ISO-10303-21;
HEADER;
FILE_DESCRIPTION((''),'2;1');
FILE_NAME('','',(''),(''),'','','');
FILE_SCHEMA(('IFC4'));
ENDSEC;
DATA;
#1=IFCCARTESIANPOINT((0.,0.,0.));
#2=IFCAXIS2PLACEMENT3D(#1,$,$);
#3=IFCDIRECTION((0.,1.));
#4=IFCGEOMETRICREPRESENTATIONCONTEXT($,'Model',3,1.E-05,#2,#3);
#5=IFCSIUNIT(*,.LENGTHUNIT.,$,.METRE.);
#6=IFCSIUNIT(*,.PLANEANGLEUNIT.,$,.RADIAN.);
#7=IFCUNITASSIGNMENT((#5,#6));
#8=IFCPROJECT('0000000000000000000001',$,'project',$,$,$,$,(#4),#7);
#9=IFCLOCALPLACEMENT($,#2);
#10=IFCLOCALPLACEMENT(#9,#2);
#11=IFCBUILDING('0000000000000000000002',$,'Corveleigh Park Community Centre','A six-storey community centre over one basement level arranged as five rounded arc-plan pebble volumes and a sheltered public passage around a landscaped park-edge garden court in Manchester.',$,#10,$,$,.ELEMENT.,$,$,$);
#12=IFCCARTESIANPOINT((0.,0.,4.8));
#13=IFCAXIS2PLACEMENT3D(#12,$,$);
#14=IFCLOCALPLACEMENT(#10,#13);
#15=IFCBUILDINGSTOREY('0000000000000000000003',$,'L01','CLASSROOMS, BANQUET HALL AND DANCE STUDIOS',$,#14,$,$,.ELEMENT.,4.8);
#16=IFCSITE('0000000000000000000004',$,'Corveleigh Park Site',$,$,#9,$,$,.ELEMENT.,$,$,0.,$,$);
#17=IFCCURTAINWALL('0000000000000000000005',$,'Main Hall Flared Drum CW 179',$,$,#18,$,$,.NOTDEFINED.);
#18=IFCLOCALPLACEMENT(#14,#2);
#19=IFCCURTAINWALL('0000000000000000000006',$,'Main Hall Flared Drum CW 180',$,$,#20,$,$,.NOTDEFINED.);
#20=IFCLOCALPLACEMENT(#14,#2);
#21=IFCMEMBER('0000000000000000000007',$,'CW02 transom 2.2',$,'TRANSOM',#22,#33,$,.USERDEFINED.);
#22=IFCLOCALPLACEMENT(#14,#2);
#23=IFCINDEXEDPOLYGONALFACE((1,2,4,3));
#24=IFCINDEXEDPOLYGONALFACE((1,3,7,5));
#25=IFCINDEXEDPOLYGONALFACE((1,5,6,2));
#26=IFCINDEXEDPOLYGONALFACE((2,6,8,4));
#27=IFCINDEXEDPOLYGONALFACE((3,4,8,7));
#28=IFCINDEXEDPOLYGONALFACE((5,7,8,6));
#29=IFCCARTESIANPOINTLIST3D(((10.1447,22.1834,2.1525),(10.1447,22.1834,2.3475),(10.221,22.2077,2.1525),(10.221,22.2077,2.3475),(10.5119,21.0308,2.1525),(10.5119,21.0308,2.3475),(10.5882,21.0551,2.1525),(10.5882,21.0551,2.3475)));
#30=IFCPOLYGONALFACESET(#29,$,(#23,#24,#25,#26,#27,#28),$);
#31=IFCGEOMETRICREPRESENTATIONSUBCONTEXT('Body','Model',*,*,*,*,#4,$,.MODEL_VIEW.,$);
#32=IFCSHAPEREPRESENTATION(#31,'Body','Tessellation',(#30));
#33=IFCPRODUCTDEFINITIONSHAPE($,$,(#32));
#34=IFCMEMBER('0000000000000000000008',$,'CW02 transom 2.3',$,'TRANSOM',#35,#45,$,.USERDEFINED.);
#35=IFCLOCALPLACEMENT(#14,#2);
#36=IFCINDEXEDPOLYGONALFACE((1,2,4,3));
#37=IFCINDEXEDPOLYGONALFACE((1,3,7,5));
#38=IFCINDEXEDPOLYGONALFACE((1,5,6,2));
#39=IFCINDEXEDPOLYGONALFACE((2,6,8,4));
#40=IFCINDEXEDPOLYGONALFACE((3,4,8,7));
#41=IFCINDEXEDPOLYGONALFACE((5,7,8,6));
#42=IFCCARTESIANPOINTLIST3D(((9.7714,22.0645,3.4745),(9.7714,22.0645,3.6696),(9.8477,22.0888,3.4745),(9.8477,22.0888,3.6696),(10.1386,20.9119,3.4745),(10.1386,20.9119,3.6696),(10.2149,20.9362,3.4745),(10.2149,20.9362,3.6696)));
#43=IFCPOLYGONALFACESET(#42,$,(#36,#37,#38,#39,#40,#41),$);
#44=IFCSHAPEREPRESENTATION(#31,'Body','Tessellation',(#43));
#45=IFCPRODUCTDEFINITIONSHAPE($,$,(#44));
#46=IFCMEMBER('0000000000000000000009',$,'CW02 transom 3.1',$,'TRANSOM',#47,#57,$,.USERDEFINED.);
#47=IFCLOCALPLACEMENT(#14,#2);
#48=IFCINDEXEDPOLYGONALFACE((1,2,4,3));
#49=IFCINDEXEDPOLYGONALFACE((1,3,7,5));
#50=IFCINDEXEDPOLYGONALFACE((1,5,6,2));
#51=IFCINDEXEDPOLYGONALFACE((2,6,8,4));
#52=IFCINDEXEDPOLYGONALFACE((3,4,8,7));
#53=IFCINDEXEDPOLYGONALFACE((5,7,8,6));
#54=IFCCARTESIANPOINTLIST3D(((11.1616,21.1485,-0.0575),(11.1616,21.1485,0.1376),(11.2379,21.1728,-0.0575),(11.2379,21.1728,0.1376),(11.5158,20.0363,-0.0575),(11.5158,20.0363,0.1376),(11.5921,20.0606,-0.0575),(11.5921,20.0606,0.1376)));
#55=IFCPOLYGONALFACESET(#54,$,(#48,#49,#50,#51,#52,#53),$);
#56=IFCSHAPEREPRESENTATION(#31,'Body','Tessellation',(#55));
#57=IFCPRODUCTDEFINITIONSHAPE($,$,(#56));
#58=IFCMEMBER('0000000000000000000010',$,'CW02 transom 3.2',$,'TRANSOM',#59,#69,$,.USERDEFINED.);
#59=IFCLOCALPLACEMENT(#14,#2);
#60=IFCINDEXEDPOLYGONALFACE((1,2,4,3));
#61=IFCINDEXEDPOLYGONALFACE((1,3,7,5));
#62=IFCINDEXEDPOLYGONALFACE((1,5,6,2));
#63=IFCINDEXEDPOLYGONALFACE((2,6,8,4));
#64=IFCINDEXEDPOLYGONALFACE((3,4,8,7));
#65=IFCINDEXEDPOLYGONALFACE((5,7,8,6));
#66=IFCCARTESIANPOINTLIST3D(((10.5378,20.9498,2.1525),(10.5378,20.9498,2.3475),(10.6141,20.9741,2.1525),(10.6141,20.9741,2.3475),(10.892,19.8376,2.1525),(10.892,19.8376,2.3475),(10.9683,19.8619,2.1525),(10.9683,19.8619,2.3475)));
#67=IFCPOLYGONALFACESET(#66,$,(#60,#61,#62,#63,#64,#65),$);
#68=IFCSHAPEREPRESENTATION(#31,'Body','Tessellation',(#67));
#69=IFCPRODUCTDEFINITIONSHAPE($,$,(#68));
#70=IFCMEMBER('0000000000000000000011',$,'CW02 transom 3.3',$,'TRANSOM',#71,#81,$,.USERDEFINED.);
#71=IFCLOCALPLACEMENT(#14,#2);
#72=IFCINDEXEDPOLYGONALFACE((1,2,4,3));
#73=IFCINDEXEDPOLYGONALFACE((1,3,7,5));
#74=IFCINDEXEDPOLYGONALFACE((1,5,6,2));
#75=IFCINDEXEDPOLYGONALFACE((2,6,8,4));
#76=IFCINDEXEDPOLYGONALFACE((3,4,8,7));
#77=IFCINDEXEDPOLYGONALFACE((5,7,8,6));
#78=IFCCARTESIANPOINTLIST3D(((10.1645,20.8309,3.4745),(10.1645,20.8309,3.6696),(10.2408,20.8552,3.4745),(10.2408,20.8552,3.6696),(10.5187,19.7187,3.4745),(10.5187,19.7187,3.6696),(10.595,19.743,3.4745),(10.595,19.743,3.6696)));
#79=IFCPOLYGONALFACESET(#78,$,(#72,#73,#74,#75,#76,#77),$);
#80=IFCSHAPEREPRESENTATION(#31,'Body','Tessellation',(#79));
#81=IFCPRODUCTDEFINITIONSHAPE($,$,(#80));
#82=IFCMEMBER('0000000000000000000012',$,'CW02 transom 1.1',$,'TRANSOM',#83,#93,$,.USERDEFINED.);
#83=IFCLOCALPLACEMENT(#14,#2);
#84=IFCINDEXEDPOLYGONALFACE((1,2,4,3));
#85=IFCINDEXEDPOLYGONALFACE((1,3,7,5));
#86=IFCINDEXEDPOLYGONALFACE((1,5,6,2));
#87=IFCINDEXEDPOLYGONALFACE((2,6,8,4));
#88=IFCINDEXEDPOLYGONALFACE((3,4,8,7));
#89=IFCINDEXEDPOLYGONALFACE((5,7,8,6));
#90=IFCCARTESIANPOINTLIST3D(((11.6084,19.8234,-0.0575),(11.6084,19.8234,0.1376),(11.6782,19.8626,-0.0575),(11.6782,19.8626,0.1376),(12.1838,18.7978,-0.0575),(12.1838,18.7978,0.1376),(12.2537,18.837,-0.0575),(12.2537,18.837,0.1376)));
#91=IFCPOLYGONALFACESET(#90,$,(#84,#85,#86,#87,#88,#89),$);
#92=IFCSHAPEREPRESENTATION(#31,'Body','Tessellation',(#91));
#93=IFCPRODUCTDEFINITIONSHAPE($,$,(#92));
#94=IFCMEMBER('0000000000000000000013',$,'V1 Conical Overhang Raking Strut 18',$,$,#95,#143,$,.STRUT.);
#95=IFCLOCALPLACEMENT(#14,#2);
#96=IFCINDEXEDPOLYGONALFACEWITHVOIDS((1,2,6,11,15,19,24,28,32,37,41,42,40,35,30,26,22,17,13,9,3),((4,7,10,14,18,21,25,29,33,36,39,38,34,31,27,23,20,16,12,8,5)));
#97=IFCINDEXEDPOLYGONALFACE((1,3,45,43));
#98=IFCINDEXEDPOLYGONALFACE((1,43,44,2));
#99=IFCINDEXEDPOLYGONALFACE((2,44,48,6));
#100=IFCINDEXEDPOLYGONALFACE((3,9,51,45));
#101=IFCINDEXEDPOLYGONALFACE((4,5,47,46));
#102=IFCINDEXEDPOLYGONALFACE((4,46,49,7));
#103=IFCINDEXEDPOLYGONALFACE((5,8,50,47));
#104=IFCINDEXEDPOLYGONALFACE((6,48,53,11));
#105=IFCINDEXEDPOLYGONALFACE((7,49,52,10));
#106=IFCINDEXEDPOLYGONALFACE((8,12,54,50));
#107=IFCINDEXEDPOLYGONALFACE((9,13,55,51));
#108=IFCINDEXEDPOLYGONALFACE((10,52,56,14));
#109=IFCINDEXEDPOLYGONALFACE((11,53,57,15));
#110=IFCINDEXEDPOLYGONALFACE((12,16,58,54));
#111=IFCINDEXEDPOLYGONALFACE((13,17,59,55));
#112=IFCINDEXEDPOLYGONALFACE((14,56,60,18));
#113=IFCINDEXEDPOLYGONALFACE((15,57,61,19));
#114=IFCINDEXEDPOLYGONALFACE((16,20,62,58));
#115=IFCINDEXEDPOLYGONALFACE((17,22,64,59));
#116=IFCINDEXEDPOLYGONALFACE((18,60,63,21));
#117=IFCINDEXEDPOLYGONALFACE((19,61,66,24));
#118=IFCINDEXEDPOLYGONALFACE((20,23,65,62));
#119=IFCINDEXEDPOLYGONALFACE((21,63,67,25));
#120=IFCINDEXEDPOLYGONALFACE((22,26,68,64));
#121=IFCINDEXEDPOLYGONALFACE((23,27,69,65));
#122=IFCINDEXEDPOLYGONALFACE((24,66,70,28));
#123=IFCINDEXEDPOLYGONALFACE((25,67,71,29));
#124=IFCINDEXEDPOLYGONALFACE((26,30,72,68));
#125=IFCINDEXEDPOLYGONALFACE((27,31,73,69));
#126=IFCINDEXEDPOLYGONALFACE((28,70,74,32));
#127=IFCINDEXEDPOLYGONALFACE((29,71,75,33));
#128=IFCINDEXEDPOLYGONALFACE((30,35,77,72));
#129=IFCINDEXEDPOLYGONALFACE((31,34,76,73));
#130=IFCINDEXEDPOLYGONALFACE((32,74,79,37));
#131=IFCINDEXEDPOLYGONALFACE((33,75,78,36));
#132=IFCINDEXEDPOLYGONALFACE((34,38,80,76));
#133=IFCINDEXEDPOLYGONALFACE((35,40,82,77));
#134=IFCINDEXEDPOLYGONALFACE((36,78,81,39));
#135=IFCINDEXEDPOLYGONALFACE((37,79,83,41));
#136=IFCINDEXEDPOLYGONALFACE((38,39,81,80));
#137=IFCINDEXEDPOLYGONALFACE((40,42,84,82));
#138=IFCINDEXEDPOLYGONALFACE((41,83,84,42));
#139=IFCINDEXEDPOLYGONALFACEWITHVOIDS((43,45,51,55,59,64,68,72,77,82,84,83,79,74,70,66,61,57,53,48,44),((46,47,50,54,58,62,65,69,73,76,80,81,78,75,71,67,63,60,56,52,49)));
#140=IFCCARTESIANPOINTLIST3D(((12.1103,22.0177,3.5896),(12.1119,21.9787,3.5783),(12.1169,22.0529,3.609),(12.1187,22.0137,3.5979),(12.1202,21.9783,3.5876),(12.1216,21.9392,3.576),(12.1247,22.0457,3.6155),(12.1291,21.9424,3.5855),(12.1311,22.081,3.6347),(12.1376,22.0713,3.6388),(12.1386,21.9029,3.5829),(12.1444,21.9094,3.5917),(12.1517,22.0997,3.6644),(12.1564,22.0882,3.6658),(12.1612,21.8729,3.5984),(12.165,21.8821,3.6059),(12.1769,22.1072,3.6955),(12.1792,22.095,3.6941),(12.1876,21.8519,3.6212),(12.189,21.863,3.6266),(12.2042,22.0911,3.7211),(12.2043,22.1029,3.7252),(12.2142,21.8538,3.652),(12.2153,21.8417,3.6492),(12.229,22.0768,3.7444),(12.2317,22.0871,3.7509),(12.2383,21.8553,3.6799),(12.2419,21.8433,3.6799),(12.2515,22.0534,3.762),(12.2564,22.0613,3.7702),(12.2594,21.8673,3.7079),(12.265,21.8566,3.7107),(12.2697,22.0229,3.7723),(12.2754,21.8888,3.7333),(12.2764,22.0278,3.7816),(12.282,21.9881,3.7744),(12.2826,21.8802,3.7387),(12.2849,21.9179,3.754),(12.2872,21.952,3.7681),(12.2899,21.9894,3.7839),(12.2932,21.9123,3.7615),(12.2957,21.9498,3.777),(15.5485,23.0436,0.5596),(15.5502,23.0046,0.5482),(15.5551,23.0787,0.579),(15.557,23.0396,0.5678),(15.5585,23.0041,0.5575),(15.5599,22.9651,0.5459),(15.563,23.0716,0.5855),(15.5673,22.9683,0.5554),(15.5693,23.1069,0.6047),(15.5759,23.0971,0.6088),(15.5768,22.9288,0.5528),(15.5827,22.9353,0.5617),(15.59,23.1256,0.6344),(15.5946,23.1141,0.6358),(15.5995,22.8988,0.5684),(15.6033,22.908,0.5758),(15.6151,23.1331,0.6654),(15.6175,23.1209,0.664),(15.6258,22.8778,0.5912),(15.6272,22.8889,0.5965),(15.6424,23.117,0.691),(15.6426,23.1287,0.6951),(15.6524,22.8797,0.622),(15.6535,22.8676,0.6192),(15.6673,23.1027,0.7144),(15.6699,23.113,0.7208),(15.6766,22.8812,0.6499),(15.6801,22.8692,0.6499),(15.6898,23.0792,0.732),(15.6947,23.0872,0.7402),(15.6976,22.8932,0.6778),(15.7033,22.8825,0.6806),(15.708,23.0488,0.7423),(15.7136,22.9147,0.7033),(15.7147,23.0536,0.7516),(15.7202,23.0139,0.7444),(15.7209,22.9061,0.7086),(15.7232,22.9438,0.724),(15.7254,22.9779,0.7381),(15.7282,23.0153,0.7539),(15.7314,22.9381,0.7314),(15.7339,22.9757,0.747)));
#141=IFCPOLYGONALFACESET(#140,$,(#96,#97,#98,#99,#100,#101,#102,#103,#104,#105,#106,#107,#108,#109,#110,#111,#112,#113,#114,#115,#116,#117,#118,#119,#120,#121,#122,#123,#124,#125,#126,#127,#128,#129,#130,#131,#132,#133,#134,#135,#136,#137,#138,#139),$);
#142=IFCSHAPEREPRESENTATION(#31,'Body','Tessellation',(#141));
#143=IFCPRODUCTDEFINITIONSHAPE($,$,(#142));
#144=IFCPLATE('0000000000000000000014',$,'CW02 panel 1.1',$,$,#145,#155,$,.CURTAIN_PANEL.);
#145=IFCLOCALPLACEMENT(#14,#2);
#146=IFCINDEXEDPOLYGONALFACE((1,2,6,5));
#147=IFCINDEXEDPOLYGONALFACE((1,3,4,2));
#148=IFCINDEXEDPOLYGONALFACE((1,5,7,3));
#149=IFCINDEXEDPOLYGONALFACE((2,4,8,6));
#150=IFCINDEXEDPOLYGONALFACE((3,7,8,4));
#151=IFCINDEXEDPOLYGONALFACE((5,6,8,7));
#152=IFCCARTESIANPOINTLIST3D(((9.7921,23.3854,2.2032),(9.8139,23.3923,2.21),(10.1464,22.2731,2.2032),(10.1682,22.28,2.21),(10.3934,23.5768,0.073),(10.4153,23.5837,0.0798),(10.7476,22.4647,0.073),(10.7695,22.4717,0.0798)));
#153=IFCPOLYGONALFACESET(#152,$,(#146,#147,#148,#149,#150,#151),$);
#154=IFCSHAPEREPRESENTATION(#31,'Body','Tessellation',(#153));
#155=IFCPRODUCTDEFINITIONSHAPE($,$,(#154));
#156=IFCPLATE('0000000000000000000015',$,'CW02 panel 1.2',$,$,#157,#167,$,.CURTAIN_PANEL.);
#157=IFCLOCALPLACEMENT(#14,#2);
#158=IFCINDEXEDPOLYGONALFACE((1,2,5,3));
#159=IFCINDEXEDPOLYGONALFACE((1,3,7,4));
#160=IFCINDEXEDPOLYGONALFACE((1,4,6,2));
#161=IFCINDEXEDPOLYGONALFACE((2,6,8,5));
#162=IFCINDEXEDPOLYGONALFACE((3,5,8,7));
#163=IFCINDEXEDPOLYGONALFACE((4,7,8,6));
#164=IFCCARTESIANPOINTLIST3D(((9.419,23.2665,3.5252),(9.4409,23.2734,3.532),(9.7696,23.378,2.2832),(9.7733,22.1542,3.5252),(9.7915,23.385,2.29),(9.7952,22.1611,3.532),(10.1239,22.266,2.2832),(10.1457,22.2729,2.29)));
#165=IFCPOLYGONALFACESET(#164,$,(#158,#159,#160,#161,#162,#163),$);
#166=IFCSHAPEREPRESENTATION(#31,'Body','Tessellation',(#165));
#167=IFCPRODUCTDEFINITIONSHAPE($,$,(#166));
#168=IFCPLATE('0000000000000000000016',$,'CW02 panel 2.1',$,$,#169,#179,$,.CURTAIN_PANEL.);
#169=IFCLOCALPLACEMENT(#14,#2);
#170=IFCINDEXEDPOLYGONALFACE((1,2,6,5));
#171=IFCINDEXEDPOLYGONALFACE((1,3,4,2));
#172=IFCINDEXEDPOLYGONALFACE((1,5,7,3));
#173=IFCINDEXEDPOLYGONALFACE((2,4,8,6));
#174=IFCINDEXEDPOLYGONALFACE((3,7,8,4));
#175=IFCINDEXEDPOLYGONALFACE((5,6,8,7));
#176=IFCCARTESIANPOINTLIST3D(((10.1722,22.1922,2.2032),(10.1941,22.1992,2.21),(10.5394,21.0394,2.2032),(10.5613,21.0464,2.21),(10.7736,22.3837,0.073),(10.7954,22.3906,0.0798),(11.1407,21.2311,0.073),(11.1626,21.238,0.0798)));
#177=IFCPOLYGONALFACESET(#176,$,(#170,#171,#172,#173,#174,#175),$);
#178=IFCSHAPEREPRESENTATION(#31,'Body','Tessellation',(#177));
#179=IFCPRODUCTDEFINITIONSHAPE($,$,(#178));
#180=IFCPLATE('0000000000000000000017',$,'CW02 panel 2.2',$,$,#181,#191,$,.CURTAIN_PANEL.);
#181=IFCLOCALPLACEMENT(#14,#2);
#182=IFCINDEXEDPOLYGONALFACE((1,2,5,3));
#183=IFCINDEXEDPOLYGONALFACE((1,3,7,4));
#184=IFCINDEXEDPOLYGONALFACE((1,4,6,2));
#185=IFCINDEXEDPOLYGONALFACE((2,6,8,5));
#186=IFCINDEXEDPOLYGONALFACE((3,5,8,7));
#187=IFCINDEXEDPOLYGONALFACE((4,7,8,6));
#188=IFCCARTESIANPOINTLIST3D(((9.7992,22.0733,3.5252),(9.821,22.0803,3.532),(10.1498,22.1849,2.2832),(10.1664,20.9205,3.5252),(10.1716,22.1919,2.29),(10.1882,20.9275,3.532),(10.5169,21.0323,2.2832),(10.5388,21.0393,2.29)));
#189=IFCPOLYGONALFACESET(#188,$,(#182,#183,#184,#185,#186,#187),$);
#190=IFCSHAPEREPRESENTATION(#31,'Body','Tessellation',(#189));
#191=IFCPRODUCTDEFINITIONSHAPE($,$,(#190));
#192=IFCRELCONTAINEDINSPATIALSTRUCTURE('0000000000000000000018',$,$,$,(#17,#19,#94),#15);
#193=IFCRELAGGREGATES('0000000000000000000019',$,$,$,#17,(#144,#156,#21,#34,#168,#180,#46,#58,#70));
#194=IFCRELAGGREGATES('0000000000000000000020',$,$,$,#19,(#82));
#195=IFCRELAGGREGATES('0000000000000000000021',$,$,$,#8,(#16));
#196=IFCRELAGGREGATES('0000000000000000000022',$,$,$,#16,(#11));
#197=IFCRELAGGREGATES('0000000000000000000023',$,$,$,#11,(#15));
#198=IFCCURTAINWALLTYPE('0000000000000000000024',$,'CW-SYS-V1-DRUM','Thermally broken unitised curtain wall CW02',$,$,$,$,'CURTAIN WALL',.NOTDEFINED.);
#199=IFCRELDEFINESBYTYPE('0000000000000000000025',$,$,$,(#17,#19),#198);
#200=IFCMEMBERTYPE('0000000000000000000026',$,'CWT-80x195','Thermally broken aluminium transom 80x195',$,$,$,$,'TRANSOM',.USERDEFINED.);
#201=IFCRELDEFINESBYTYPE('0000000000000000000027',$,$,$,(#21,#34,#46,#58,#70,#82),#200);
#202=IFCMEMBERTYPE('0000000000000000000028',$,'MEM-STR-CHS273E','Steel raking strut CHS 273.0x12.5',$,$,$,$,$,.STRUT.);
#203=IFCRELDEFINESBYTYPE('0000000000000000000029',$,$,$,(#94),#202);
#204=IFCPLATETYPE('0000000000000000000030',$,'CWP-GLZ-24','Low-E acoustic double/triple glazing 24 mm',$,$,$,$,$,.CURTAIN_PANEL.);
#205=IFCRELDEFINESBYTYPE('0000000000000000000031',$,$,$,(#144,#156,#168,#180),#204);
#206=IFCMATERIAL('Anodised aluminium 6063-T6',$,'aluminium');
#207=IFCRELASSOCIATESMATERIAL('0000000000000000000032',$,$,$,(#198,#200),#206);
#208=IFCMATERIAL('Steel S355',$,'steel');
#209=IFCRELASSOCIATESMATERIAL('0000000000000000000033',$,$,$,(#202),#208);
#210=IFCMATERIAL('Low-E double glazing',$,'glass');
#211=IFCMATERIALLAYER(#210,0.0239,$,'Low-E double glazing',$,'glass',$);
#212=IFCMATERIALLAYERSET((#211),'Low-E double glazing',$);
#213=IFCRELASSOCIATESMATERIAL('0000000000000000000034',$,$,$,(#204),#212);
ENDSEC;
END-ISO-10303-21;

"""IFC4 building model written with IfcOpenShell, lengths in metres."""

from ifc_helpers import new_model, si_unit, direction, frame, origin, origin_2d, place, context, subcontext, project, spatial, polyline, rectangle, hollow_circle, outline, extrude, material, layer, layer_set, material_profile, profile_set, type_object, element, aggregate, save


model = new_model("IFC4")

# Units and contexts
model_context = context("Model", 3, precision=1e-05, world=origin(), true_north=direction((0.0, 1.0)))
body_context = subcontext(model_context, "Body", "Model", "MODEL_VIEW")
ifc_project = project(units=[si_unit("LENGTHUNIT", "METRE"), si_unit("PLANEANGLEUNIT", "RADIAN")], contexts=[model_context])

# Site, building, storey
site_placement = place(None, origin())
site = spatial("IfcSite", under=ifc_project, at=site_placement, Name="Corveleigh Park Site", CompositionType="ELEMENT", RefElevation=0.0)
building_placement = place(site_placement, origin())
building = spatial("IfcBuilding", under=site, at=building_placement, Name="Corveleigh Park Community Centre", Description="A six-storey community centre over one basement level arranged as five rounded arc-plan pebble volumes and a sheltered public passage around a landscaped park-edge garden court in Manchester.", CompositionType="ELEMENT")
storey_placement = place(building_placement, frame((0.0, 0.0, 4.8)))
storey = spatial("IfcBuildingStorey", under=building, at=storey_placement, Name="L01", Description="CLASSROOMS, BANQUET HALL AND DANCE STUDIOS", CompositionType="ELEMENT", Elevation=4.8)

# Shared definitions
ifc_material_1 = material(Name="Steel S355", Category="steel")

# Curtain wall
ifc_material_2 = material(Name="Anodised aluminium 6063-T6", Category="aluminium")
curtain_wall_type = type_object("IfcCurtainWallType", Name="CW-SYS-V1-DRUM", Description="Thermally broken unitised curtain wall CW02", ElementType="CURTAIN WALL", PredefinedType="NOTDEFINED", material=ifc_material_2)
curtain_wall_1_placement = place(storey_placement, origin())
curtain_wall_1 = element("IfcCurtainWall", 1, at=curtain_wall_1_placement, inside=storey, type_object=curtain_wall_type, Name="Main Hall Flared Drum CW 179", PredefinedType="NOTDEFINED")

# Curtain wall
curtain_wall_2_placement = place(storey_placement, origin())
curtain_wall_2 = element("IfcCurtainWall", 2, at=curtain_wall_2_placement, inside=storey, type_object=curtain_wall_type, Name="Main Hall Flared Drum CW 180", PredefinedType="NOTDEFINED")

# Members
ifc_material_profile_1 = material_profile(ifc_material_2, rectangle(XDim=0.0801, YDim=0.1951, at=origin_2d()), Name="ALU-T80x195", Category="aluminium")
ifc_profile_set_1 = profile_set([ifc_material_profile_1], Name="Anodised aluminium 6063-T6")
member_type_1 = type_object("IfcMemberType", Name="CWT-80x195", Description="Thermally broken aluminium transom 80x195", ElementType="TRANSOM", PredefinedType="USERDEFINED", material=ifc_profile_set_1)
member_1_placement = place(storey_placement, frame((10.1829, 22.1956, 2.25), z_axis=(0.303545, -0.952817, 0.0), x_axis=(0.952817, 0.303545, 0.0)))
member_1 = element("IfcMember", 3, at=member_1_placement, type_object=member_type_1, Name="CW02 transom 2.2", ObjectType="TRANSOM", PredefinedType="USERDEFINED", context=body_context, shape_type="SweptSolid", body=[
    extrude(rectangle(XDim=0.0801, YDim=0.1951, at=origin_2d()), origin(), (0.0, 0.0, 1.0), 1.2097),
])
member_2_placement = place(storey_placement, frame((9.8096, 22.0767, 3.572), z_axis=(0.303545, -0.952817, 0.0), x_axis=(0.952817, 0.303545, 0.0)))
member_2 = element("IfcMember", 4, at=member_2_placement, type_object=member_type_1, Name="CW02 transom 2.3", ObjectType="TRANSOM", PredefinedType="USERDEFINED", context=body_context, shape_type="SweptSolid", body=[
    extrude(rectangle(XDim=0.0801, YDim=0.1951, at=origin_2d()), origin(), (0.0, 0.0, 1.0), 1.2097),
])
member_3_placement = place(storey_placement, frame((11.1997, 21.1606, 0.04), z_axis=(0.303463, -0.952843, 0.0), x_axis=(0.952843, 0.303463, 0.0)))
member_3 = element("IfcMember", 5, at=member_3_placement, type_object=member_type_1, Name="CW02 transom 3.1", ObjectType="TRANSOM", PredefinedType="USERDEFINED", context=body_context, shape_type="SweptSolid", body=[
    extrude(rectangle(XDim=0.0801, YDim=0.1951, at=origin_2d()), origin(), (0.0, 0.0, 1.0), 1.1672),
])
member_4_placement = place(storey_placement, frame((10.5759, 20.9619, 2.25), z_axis=(0.303463, -0.952843, 0.0), x_axis=(0.952843, 0.303463, 0.0)))
member_4 = element("IfcMember", 6, at=member_4_placement, type_object=member_type_1, Name="CW02 transom 3.2", ObjectType="TRANSOM", PredefinedType="USERDEFINED", context=body_context, shape_type="SweptSolid", body=[
    extrude(rectangle(XDim=0.0801, YDim=0.1951, at=origin_2d()), origin(), (0.0, 0.0, 1.0), 1.1672),
])
member_5_placement = place(storey_placement, frame((10.2026, 20.843, 3.572), z_axis=(0.303463, -0.952843, 0.0), x_axis=(0.952843, 0.303463, 0.0)))
member_5 = element("IfcMember", 7, at=member_5_placement, type_object=member_type_1, Name="CW02 transom 3.3", ObjectType="TRANSOM", PredefinedType="USERDEFINED", context=body_context, shape_type="SweptSolid", body=[
    extrude(rectangle(XDim=0.0801, YDim=0.1951, at=origin_2d()), origin(), (0.0, 0.0, 1.0), 1.1672),
])
member_6_placement = place(storey_placement, frame((11.6433, 19.843, 0.04), z_axis=(0.489305, -0.872113, 0.0), x_axis=(0.872113, 0.489305, 0.0)))
member_6 = element("IfcMember", 8, at=member_6_placement, type_object=member_type_1, Name="CW02 transom 1.1", ObjectType="TRANSOM", PredefinedType="USERDEFINED", context=body_context, shape_type="SweptSolid", body=[
    extrude(rectangle(XDim=0.0801, YDim=0.1951, at=origin_2d()), origin(), (0.0, 0.0, 1.0), 1.176),
])
ifc_material_profile_2 = material_profile(ifc_material_1, hollow_circle(Radius=0.1365, WallThickness=0.0125, at=origin_2d()), Name="CHS 273.0x12.5", Category="steel")
ifc_profile_set_2 = profile_set([ifc_material_profile_2], Name="Steel S355")
member_type_2 = type_object("IfcMemberType", Name="MEM-STR-CHS273E", Description="Steel raking strut CHS 273.0x12.5", PredefinedType="STRUT", material=ifc_profile_set_2)
member_7_placement = place(storey_placement, frame((15.6411, 23.0, 0.6499), z_axis=(-0.73212, -0.218445, 0.645199), x_axis=(0.285918, -0.958254, 0.0)))
element("IfcMember", 9, at=member_7_placement, inside=storey, type_object=member_type_2, Name="V1 Conical Overhang Raking Strut 18", PredefinedType="STRUT", context=body_context, shape_type="SweptSolid", body=[
    extrude(hollow_circle(Radius=0.1365, WallThickness=0.0125, at=origin_2d()), origin(), (0.0, 0.0, 1.0), 4.6963),
])

# Plates
ifc_material_3 = material(Name="Low-E double glazing", Category="glass")
ifc_layer_1 = layer(ifc_material_3, 0.0239, Name="Low-E double glazing", Category="glass")
ifc_layer_set_1 = layer_set([ifc_layer_1], Name="Low-E double glazing")
plate_type_1 = type_object("IfcPlateType", Name="CWP-GLZ-24", Description="Low-E acoustic double/triple glazing 24 mm", PredefinedType="CURTAIN_PANEL", material=ifc_layer_set_1)
plate_1_placement = place(storey_placement, frame((10.4153, 23.5837, 0.0798), z_axis=(0.913583, 0.290991, 0.284061), x_axis=(0.303495, -0.952833, -0.000009)))
plate_1 = element("IfcPlate", 10, at=plate_1_placement, type_object=plate_type_1, Name="CW02 panel 1.1", PredefinedType="CURTAIN_PANEL", context=body_context, shape_type="SweptSolid", body=[
    extrude(outline(polyline([(0.0, 0.0), (1.1671, 0.0), (1.1672, -2.2217), (-0.0001, -2.2216), (0.0, 0.0)])), origin(), (0.0, 0.0, -1.0), 0.0239),
])
plate_2_placement = place(storey_placement, frame((9.7915, 23.385, 2.29), z_axis=(0.913582, 0.290991, 0.284064), x_axis=(0.303495, -0.952833, -0.000009)))
plate_2 = element("IfcPlate", 11, at=plate_2_placement, type_object=plate_type_1, Name="CW02 panel 1.2", PredefinedType="CURTAIN_PANEL", context=body_context, shape_type="SweptSolid", body=[
    extrude(outline(polyline([(0.0, 0.0), (1.1671, 0.0), (1.1673, -1.2953), (-0.0001, -1.2953), (0.0, 0.0)])), origin(), (0.0, 0.0, -1.0), 0.0239),
])
plate_3_placement = place(storey_placement, frame((10.7954, 22.3906, 0.0798), z_axis=(0.913576, 0.291013, 0.284061), x_axis=(0.303518, -0.952826, -0.000008)))
plate_3 = element("IfcPlate", 12, at=plate_3_placement, type_object=plate_type_1, Name="CW02 panel 2.1", PredefinedType="CURTAIN_PANEL", context=body_context, shape_type="SweptSolid", body=[
    extrude(outline(polyline([(0.0, 0.0), (1.2097, 0.0), (1.2097, -2.2217), (-0.0002, -2.2216), (0.0, 0.0)])), origin(), (0.0, 0.0, -1.0), 0.0239),
])
plate_4_placement = place(storey_placement, frame((10.1716, 22.1919, 2.29), z_axis=(0.913575, 0.291013, 0.284064), x_axis=(0.303518, -0.952826, -0.000008)))
plate_4 = element("IfcPlate", 13, at=plate_4_placement, type_object=plate_type_1, Name="CW02 panel 2.2", PredefinedType="CURTAIN_PANEL", context=body_context, shape_type="SweptSolid", body=[
    extrude(outline(polyline([(0.0, 0.0), (1.2097, 0.0), (1.2098, -1.2953), (-0.0001, -1.2953), (0.0, 0.0)])), origin(), (0.0, 0.0, -1.0), 0.0239),
])
aggregate(curtain_wall_1, [plate_1, plate_2, member_1, member_2, plate_3, plate_4, member_3, member_4, member_5])
aggregate(curtain_wall_2, [member_6])

save(model, "model.ifc")
